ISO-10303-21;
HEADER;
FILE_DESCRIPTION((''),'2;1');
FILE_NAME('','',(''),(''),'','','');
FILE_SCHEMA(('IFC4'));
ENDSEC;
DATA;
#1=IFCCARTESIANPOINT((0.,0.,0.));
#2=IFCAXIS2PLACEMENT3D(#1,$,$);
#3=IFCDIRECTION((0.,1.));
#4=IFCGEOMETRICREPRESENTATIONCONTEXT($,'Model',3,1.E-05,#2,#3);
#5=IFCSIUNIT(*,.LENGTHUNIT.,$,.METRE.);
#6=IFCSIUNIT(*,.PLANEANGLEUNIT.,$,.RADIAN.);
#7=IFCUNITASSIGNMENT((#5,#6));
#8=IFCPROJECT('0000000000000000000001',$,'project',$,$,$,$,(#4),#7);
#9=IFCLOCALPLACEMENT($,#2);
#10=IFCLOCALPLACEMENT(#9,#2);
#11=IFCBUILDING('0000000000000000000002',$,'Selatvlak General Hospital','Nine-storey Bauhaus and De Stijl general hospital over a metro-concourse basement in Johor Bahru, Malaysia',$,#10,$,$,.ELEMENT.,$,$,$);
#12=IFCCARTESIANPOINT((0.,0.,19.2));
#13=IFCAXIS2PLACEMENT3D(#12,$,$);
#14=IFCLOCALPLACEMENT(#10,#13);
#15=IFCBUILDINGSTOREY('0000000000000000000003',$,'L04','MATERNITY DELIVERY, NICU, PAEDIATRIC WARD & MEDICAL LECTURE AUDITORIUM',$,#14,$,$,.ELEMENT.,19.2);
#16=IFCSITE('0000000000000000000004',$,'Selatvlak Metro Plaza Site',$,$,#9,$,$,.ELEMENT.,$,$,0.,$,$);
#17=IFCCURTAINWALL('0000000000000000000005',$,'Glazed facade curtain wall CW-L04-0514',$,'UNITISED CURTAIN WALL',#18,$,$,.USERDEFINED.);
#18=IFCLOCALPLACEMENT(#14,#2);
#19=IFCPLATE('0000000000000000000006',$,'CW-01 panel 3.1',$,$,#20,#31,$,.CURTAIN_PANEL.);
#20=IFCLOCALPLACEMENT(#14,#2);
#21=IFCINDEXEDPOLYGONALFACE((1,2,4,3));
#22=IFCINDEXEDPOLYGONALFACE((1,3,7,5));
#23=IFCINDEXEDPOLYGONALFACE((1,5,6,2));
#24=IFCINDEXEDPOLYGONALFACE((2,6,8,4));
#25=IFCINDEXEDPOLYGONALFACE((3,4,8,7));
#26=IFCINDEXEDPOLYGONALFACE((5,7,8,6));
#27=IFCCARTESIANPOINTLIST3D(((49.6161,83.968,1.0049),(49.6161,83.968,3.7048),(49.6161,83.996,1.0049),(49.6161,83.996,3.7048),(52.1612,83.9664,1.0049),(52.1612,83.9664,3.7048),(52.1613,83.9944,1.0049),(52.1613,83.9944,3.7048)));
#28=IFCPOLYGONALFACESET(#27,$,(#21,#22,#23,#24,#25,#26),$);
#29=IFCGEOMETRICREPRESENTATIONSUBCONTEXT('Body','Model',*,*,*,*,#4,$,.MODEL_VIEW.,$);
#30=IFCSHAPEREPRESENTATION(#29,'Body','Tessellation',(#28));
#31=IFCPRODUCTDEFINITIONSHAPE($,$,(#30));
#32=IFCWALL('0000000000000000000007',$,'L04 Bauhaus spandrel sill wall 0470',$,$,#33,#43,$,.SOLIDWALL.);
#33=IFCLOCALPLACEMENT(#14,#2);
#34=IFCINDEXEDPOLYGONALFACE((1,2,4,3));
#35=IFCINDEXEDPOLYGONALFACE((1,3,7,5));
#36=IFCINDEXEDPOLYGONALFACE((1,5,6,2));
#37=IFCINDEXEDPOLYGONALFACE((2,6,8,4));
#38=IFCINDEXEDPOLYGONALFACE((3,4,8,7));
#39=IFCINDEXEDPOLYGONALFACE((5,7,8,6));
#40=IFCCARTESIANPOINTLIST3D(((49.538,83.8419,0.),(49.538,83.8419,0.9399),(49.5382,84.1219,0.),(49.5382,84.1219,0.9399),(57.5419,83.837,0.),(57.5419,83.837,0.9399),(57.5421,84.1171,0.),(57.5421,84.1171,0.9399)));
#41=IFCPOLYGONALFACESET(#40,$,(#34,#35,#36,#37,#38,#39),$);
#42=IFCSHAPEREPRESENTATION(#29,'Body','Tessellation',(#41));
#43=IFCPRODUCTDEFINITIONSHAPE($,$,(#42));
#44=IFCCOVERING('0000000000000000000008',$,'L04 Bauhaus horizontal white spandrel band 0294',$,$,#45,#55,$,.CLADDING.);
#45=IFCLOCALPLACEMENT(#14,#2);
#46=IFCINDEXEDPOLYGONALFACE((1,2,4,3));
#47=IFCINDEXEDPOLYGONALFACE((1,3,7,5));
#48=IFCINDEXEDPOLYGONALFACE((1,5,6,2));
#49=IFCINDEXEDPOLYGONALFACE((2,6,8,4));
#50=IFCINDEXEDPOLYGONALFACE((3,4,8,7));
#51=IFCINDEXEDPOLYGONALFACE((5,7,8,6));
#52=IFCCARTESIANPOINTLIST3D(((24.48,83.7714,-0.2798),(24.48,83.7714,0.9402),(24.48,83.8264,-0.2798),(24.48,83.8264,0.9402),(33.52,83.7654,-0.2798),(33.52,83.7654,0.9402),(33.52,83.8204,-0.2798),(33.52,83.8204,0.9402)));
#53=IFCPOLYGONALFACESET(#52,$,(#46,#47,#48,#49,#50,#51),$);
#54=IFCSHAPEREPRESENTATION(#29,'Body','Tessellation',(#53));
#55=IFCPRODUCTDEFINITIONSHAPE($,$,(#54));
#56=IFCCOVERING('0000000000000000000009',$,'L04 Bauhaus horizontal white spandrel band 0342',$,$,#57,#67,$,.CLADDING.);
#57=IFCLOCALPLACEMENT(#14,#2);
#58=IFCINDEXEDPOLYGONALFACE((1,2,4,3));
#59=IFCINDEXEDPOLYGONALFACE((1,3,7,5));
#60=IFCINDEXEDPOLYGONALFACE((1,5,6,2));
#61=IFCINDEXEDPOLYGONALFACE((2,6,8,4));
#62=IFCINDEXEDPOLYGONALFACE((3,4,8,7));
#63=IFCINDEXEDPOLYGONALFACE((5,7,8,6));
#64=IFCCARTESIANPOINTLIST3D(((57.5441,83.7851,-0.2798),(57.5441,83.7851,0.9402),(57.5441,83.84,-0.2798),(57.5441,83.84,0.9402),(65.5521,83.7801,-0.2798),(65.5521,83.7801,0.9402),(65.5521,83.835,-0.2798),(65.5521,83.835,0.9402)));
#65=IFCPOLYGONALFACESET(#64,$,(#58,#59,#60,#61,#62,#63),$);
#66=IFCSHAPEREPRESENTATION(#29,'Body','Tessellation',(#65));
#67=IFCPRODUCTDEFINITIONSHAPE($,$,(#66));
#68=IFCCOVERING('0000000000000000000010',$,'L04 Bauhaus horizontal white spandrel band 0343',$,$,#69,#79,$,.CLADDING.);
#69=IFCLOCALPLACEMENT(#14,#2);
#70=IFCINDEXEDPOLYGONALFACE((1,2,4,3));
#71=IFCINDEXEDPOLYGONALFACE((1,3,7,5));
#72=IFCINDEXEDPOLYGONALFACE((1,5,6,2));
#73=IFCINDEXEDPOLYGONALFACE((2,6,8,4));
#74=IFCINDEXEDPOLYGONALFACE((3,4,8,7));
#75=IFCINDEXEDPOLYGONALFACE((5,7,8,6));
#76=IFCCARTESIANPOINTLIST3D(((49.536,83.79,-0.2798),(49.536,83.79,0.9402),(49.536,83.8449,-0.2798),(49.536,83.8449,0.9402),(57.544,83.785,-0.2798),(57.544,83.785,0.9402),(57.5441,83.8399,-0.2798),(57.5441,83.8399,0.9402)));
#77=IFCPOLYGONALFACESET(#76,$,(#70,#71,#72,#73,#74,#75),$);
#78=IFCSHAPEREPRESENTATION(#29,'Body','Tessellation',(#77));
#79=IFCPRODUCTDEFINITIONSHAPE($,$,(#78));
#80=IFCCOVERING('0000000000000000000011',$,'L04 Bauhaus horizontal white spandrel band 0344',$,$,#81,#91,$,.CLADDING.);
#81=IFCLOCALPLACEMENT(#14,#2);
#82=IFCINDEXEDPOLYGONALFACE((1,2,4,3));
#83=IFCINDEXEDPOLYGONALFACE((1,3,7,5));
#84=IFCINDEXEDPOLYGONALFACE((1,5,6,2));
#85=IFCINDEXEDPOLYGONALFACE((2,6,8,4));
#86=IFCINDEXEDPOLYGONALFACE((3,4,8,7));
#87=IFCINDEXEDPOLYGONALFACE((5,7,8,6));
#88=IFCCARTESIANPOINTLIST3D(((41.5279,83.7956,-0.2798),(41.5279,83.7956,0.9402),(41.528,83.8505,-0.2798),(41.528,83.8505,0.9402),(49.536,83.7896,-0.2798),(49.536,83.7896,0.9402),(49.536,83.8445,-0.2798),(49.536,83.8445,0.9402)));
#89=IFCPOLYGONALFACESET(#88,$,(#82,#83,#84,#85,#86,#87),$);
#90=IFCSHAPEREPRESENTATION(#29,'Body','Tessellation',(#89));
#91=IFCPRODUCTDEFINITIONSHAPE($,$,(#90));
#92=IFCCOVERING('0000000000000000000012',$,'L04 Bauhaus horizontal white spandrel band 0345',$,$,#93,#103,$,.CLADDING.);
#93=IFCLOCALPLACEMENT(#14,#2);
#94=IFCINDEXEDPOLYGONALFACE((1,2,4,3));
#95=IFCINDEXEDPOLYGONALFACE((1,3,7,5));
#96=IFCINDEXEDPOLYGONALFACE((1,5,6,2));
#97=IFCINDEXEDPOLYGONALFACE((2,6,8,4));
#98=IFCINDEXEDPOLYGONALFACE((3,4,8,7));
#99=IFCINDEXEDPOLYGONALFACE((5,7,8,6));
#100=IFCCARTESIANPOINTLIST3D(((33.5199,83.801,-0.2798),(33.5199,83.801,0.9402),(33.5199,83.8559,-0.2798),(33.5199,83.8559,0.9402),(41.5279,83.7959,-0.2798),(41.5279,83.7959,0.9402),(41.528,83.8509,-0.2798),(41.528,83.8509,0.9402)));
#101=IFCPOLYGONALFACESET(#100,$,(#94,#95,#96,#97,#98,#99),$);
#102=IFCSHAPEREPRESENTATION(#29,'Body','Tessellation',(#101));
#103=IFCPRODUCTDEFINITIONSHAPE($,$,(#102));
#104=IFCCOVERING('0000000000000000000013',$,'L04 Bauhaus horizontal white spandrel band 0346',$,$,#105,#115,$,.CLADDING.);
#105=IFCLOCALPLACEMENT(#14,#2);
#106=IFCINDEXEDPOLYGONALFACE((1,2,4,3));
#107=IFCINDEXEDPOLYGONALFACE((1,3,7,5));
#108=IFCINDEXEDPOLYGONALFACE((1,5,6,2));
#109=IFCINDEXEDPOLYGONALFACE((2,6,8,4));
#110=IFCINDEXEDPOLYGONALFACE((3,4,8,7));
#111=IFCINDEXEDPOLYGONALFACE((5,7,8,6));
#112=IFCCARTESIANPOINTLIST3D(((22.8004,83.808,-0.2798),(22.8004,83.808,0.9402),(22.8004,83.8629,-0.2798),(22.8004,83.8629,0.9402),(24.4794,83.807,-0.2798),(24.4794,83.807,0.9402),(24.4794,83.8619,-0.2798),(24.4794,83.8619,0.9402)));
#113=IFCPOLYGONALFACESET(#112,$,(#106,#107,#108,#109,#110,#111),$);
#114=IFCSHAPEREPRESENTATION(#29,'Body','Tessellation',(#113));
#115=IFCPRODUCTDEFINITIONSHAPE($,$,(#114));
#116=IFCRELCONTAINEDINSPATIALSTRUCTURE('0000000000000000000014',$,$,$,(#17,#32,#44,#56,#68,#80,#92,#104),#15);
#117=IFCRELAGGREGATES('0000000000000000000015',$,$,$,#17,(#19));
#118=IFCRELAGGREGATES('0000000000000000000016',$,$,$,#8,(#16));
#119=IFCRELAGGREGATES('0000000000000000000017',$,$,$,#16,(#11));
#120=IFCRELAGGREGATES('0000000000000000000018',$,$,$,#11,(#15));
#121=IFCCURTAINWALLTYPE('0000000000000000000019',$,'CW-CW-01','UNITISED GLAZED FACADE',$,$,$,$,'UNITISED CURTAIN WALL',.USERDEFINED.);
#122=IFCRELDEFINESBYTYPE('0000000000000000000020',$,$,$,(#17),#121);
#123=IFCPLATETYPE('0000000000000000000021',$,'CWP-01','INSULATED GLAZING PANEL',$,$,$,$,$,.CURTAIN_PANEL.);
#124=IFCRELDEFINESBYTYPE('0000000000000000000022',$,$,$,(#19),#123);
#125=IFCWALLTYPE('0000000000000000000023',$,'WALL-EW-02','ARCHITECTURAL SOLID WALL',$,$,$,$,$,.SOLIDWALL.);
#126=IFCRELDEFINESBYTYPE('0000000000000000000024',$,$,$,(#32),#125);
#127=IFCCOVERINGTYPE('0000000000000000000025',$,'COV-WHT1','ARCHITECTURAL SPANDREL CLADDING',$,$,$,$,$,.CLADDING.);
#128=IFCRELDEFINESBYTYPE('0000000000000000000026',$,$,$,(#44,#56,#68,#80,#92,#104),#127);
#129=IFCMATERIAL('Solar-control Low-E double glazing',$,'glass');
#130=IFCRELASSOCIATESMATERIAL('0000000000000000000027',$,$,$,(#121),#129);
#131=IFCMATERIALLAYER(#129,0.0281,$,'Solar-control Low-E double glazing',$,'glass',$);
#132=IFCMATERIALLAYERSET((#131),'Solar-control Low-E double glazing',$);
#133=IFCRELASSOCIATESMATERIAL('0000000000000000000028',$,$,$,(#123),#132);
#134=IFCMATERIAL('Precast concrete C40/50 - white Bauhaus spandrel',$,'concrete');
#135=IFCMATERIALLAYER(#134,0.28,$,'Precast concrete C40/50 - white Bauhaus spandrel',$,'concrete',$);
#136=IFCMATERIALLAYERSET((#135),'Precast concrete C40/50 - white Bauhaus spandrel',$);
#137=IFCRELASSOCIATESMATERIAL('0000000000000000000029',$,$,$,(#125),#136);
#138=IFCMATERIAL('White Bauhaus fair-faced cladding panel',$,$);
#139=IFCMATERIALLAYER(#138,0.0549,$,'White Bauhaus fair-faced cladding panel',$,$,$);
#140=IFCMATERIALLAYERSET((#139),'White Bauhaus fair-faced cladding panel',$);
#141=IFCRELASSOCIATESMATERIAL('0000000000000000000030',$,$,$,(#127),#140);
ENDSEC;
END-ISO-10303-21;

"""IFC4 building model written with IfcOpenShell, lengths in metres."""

from ifc_helpers import new_model, si_unit, direction, frame, frame_2d, origin, origin_2d, place, context, subcontext, project, spatial, rectangle, extrude, material, layer, layer_set, type_object, element, aggregate, save


model = new_model("IFC4")

# Units and contexts
model_context = context("Model", 3, precision=1e-05, world=origin(), true_north=direction((0.0, 1.0)))
body_context = subcontext(model_context, "Body", "Model", "MODEL_VIEW")
ifc_project = project(units=[si_unit("LENGTHUNIT", "METRE"), si_unit("PLANEANGLEUNIT", "RADIAN")], contexts=[model_context])

# Site, building, storey
site_placement = place(None, origin())
site = spatial("IfcSite", under=ifc_project, at=site_placement, Name="Selatvlak Metro Plaza Site", CompositionType="ELEMENT", RefElevation=0.0)
building_placement = place(site_placement, origin())
building = spatial("IfcBuilding", under=site, at=building_placement, Name="Selatvlak General Hospital", Description="Nine-storey Bauhaus and De Stijl general hospital over a metro-concourse basement in Johor Bahru, Malaysia", CompositionType="ELEMENT")
storey_placement = place(building_placement, frame((0.0, 0.0, 19.2)))
storey = spatial("IfcBuildingStorey", under=building, at=storey_placement, Name="L04", Description="MATERNITY DELIVERY, NICU, PAEDIATRIC WARD & MEDICAL LECTURE AUDITORIUM", CompositionType="ELEMENT", Elevation=19.2)

# Curtain wall
ifc_material_1 = material(Name="Solar-control Low-E double glazing", Category="glass")
curtain_wall_type_1 = type_object("IfcCurtainWallType", Name="CW-CW-01", Description="UNITISED GLAZED FACADE", ElementType="UNITISED CURTAIN WALL", PredefinedType="USERDEFINED", material=ifc_material_1)
curtain_wall_1_placement = place(storey_placement, origin())
curtain_wall_1 = element("IfcCurtainWall", 1, at=curtain_wall_1_placement, inside=storey, type_object=curtain_wall_type_1, Name="Glazed facade curtain wall CW-L04-0514", ObjectType="UNITISED CURTAIN WALL", PredefinedType="USERDEFINED")

# Plate
ifc_layer_1 = layer(ifc_material_1, 0.0281, Name="Solar-control Low-E double glazing", Category="glass")
ifc_layer_set_1 = layer_set([ifc_layer_1], Name="Solar-control Low-E double glazing")
plate_type = type_object("IfcPlateType", Name="CWP-01", Description="INSULATED GLAZING PANEL", PredefinedType="CURTAIN_PANEL", material=ifc_layer_set_1)
plate_1_placement = place(storey_placement, frame((50.8887, 83.9812, 1.0049), z_axis=(0.0, 0.0, 1.0), x_axis=(-1.0, 0.000631, 0.0)))
plate_1 = element("IfcPlate", 2, at=plate_1_placement, type_object=plate_type, Name="CW-01 panel 3.1", PredefinedType="CURTAIN_PANEL", context=body_context, shape_type="SweptSolid", body=[
    extrude(rectangle(XDim=2.5452, YDim=0.0281, at=origin_2d()), origin(), (0.0, 0.0, 1.0), 2.7),
])
aggregate(curtain_wall_1, [plate_1])

# Wall
ifc_material_2 = material(Name="Precast concrete C40/50 - white Bauhaus spandrel", Category="concrete")
ifc_layer_2 = layer(ifc_material_2, 0.28, Name="Precast concrete C40/50 - white Bauhaus spandrel", Category="concrete")
ifc_layer_set_2 = layer_set([ifc_layer_2], Name="Precast concrete C40/50 - white Bauhaus spandrel")
wall_type = type_object("IfcWallType", Name="WALL-EW-02", Description="ARCHITECTURAL SOLID WALL", PredefinedType="SOLIDWALL", material=ifc_layer_set_2)
wall_placement = place(storey_placement, frame((57.542, 83.9771, 0.0), z_axis=(0.0, 0.0, 1.0), x_axis=(-1.0, 0.00061, 0.0)))
element("IfcWall", 3, at=wall_placement, inside=storey, type_object=wall_type, Name="L04 Bauhaus spandrel sill wall 0470", PredefinedType="SOLIDWALL", context=body_context, shape_type="SweptSolid", body=[
    extrude(rectangle(XDim=8.0039, YDim=0.28, at=frame_2d((4.002, 0.0))), origin(), (0.0, 0.0, 1.0), 0.9399),
])

# Coverings
ifc_material_3 = material(Name="White Bauhaus fair-faced cladding panel")
ifc_layer_3 = layer(ifc_material_3, 0.0549, Name="White Bauhaus fair-faced cladding panel")
ifc_layer_set_3 = layer_set([ifc_layer_3], Name="White Bauhaus fair-faced cladding panel")
covering_type = type_object("IfcCoveringType", Name="COV-WHT1", Description="ARCHITECTURAL SPANDREL CLADDING", PredefinedType="CLADDING", material=ifc_layer_set_3)
covering_1_placement = place(storey_placement, frame((29.0, 83.7959, -0.2798), z_axis=(0.0, 0.0, 1.0), x_axis=(-1.0, 0.000663, 0.0)))
element("IfcCovering", 4, at=covering_1_placement, inside=storey, type_object=covering_type, Name="L04 Bauhaus horizontal white spandrel band 0294", PredefinedType="CLADDING", context=body_context, shape_type="SweptSolid", body=[
    extrude(rectangle(XDim=9.04, YDim=0.0549, at=origin_2d()), origin(), (0.0, 0.0, 1.0), 1.22),
])
for number, where, z_axis, x_axis, name in (
    (5, (61.5481, 83.8101, -0.2798), (0.0, 0.0, 1.0), (-1.0, 0.000628, 0.0), "L04 Bauhaus horizontal white spandrel band 0342"),
    (6, (53.54, 83.8149, -0.2798), (0.0, 0.0, 1.0), (-1.0, 0.000628, 0.0), "L04 Bauhaus horizontal white spandrel band 0343"),
    (7, (45.532, 83.8201, -0.2798), (0.0, 0.0, 1.0), (-1.0, 0.00075, 0.0), "L04 Bauhaus horizontal white spandrel band 0344"),
    (8, (37.5239, 83.8259, -0.2798), (0.0, 0.0, 1.0), (-1.0, 0.000628, 0.0), "L04 Bauhaus horizontal white spandrel band 0345"),
):
    element("IfcCovering", number, at=place(storey_placement, frame(where, z_axis=z_axis, x_axis=x_axis)), inside=storey, type_object=covering_type, Name=name, PredefinedType="CLADDING", context=body_context, shape_type="SweptSolid", body=[
        extrude(rectangle(XDim=8.0081, YDim=0.0549, at=origin_2d()), origin(), (0.0, 0.0, 1.0), 1.22),
    ])
covering_2_placement = place(storey_placement, frame((23.6399, 83.835, -0.2798), z_axis=(0.0, 0.0, 1.0), x_axis=(-1.0, 0.000593, 0.0)))
element("IfcCovering", 9, at=covering_2_placement, inside=storey, type_object=covering_type, Name="L04 Bauhaus horizontal white spandrel band 0346", PredefinedType="CLADDING", context=body_context, shape_type="SweptSolid", body=[
    extrude(rectangle(XDim=1.679, YDim=0.0549, at=origin_2d()), origin(), (0.0, 0.0, 1.0), 1.22),
])

save(model, "model.ifc")
